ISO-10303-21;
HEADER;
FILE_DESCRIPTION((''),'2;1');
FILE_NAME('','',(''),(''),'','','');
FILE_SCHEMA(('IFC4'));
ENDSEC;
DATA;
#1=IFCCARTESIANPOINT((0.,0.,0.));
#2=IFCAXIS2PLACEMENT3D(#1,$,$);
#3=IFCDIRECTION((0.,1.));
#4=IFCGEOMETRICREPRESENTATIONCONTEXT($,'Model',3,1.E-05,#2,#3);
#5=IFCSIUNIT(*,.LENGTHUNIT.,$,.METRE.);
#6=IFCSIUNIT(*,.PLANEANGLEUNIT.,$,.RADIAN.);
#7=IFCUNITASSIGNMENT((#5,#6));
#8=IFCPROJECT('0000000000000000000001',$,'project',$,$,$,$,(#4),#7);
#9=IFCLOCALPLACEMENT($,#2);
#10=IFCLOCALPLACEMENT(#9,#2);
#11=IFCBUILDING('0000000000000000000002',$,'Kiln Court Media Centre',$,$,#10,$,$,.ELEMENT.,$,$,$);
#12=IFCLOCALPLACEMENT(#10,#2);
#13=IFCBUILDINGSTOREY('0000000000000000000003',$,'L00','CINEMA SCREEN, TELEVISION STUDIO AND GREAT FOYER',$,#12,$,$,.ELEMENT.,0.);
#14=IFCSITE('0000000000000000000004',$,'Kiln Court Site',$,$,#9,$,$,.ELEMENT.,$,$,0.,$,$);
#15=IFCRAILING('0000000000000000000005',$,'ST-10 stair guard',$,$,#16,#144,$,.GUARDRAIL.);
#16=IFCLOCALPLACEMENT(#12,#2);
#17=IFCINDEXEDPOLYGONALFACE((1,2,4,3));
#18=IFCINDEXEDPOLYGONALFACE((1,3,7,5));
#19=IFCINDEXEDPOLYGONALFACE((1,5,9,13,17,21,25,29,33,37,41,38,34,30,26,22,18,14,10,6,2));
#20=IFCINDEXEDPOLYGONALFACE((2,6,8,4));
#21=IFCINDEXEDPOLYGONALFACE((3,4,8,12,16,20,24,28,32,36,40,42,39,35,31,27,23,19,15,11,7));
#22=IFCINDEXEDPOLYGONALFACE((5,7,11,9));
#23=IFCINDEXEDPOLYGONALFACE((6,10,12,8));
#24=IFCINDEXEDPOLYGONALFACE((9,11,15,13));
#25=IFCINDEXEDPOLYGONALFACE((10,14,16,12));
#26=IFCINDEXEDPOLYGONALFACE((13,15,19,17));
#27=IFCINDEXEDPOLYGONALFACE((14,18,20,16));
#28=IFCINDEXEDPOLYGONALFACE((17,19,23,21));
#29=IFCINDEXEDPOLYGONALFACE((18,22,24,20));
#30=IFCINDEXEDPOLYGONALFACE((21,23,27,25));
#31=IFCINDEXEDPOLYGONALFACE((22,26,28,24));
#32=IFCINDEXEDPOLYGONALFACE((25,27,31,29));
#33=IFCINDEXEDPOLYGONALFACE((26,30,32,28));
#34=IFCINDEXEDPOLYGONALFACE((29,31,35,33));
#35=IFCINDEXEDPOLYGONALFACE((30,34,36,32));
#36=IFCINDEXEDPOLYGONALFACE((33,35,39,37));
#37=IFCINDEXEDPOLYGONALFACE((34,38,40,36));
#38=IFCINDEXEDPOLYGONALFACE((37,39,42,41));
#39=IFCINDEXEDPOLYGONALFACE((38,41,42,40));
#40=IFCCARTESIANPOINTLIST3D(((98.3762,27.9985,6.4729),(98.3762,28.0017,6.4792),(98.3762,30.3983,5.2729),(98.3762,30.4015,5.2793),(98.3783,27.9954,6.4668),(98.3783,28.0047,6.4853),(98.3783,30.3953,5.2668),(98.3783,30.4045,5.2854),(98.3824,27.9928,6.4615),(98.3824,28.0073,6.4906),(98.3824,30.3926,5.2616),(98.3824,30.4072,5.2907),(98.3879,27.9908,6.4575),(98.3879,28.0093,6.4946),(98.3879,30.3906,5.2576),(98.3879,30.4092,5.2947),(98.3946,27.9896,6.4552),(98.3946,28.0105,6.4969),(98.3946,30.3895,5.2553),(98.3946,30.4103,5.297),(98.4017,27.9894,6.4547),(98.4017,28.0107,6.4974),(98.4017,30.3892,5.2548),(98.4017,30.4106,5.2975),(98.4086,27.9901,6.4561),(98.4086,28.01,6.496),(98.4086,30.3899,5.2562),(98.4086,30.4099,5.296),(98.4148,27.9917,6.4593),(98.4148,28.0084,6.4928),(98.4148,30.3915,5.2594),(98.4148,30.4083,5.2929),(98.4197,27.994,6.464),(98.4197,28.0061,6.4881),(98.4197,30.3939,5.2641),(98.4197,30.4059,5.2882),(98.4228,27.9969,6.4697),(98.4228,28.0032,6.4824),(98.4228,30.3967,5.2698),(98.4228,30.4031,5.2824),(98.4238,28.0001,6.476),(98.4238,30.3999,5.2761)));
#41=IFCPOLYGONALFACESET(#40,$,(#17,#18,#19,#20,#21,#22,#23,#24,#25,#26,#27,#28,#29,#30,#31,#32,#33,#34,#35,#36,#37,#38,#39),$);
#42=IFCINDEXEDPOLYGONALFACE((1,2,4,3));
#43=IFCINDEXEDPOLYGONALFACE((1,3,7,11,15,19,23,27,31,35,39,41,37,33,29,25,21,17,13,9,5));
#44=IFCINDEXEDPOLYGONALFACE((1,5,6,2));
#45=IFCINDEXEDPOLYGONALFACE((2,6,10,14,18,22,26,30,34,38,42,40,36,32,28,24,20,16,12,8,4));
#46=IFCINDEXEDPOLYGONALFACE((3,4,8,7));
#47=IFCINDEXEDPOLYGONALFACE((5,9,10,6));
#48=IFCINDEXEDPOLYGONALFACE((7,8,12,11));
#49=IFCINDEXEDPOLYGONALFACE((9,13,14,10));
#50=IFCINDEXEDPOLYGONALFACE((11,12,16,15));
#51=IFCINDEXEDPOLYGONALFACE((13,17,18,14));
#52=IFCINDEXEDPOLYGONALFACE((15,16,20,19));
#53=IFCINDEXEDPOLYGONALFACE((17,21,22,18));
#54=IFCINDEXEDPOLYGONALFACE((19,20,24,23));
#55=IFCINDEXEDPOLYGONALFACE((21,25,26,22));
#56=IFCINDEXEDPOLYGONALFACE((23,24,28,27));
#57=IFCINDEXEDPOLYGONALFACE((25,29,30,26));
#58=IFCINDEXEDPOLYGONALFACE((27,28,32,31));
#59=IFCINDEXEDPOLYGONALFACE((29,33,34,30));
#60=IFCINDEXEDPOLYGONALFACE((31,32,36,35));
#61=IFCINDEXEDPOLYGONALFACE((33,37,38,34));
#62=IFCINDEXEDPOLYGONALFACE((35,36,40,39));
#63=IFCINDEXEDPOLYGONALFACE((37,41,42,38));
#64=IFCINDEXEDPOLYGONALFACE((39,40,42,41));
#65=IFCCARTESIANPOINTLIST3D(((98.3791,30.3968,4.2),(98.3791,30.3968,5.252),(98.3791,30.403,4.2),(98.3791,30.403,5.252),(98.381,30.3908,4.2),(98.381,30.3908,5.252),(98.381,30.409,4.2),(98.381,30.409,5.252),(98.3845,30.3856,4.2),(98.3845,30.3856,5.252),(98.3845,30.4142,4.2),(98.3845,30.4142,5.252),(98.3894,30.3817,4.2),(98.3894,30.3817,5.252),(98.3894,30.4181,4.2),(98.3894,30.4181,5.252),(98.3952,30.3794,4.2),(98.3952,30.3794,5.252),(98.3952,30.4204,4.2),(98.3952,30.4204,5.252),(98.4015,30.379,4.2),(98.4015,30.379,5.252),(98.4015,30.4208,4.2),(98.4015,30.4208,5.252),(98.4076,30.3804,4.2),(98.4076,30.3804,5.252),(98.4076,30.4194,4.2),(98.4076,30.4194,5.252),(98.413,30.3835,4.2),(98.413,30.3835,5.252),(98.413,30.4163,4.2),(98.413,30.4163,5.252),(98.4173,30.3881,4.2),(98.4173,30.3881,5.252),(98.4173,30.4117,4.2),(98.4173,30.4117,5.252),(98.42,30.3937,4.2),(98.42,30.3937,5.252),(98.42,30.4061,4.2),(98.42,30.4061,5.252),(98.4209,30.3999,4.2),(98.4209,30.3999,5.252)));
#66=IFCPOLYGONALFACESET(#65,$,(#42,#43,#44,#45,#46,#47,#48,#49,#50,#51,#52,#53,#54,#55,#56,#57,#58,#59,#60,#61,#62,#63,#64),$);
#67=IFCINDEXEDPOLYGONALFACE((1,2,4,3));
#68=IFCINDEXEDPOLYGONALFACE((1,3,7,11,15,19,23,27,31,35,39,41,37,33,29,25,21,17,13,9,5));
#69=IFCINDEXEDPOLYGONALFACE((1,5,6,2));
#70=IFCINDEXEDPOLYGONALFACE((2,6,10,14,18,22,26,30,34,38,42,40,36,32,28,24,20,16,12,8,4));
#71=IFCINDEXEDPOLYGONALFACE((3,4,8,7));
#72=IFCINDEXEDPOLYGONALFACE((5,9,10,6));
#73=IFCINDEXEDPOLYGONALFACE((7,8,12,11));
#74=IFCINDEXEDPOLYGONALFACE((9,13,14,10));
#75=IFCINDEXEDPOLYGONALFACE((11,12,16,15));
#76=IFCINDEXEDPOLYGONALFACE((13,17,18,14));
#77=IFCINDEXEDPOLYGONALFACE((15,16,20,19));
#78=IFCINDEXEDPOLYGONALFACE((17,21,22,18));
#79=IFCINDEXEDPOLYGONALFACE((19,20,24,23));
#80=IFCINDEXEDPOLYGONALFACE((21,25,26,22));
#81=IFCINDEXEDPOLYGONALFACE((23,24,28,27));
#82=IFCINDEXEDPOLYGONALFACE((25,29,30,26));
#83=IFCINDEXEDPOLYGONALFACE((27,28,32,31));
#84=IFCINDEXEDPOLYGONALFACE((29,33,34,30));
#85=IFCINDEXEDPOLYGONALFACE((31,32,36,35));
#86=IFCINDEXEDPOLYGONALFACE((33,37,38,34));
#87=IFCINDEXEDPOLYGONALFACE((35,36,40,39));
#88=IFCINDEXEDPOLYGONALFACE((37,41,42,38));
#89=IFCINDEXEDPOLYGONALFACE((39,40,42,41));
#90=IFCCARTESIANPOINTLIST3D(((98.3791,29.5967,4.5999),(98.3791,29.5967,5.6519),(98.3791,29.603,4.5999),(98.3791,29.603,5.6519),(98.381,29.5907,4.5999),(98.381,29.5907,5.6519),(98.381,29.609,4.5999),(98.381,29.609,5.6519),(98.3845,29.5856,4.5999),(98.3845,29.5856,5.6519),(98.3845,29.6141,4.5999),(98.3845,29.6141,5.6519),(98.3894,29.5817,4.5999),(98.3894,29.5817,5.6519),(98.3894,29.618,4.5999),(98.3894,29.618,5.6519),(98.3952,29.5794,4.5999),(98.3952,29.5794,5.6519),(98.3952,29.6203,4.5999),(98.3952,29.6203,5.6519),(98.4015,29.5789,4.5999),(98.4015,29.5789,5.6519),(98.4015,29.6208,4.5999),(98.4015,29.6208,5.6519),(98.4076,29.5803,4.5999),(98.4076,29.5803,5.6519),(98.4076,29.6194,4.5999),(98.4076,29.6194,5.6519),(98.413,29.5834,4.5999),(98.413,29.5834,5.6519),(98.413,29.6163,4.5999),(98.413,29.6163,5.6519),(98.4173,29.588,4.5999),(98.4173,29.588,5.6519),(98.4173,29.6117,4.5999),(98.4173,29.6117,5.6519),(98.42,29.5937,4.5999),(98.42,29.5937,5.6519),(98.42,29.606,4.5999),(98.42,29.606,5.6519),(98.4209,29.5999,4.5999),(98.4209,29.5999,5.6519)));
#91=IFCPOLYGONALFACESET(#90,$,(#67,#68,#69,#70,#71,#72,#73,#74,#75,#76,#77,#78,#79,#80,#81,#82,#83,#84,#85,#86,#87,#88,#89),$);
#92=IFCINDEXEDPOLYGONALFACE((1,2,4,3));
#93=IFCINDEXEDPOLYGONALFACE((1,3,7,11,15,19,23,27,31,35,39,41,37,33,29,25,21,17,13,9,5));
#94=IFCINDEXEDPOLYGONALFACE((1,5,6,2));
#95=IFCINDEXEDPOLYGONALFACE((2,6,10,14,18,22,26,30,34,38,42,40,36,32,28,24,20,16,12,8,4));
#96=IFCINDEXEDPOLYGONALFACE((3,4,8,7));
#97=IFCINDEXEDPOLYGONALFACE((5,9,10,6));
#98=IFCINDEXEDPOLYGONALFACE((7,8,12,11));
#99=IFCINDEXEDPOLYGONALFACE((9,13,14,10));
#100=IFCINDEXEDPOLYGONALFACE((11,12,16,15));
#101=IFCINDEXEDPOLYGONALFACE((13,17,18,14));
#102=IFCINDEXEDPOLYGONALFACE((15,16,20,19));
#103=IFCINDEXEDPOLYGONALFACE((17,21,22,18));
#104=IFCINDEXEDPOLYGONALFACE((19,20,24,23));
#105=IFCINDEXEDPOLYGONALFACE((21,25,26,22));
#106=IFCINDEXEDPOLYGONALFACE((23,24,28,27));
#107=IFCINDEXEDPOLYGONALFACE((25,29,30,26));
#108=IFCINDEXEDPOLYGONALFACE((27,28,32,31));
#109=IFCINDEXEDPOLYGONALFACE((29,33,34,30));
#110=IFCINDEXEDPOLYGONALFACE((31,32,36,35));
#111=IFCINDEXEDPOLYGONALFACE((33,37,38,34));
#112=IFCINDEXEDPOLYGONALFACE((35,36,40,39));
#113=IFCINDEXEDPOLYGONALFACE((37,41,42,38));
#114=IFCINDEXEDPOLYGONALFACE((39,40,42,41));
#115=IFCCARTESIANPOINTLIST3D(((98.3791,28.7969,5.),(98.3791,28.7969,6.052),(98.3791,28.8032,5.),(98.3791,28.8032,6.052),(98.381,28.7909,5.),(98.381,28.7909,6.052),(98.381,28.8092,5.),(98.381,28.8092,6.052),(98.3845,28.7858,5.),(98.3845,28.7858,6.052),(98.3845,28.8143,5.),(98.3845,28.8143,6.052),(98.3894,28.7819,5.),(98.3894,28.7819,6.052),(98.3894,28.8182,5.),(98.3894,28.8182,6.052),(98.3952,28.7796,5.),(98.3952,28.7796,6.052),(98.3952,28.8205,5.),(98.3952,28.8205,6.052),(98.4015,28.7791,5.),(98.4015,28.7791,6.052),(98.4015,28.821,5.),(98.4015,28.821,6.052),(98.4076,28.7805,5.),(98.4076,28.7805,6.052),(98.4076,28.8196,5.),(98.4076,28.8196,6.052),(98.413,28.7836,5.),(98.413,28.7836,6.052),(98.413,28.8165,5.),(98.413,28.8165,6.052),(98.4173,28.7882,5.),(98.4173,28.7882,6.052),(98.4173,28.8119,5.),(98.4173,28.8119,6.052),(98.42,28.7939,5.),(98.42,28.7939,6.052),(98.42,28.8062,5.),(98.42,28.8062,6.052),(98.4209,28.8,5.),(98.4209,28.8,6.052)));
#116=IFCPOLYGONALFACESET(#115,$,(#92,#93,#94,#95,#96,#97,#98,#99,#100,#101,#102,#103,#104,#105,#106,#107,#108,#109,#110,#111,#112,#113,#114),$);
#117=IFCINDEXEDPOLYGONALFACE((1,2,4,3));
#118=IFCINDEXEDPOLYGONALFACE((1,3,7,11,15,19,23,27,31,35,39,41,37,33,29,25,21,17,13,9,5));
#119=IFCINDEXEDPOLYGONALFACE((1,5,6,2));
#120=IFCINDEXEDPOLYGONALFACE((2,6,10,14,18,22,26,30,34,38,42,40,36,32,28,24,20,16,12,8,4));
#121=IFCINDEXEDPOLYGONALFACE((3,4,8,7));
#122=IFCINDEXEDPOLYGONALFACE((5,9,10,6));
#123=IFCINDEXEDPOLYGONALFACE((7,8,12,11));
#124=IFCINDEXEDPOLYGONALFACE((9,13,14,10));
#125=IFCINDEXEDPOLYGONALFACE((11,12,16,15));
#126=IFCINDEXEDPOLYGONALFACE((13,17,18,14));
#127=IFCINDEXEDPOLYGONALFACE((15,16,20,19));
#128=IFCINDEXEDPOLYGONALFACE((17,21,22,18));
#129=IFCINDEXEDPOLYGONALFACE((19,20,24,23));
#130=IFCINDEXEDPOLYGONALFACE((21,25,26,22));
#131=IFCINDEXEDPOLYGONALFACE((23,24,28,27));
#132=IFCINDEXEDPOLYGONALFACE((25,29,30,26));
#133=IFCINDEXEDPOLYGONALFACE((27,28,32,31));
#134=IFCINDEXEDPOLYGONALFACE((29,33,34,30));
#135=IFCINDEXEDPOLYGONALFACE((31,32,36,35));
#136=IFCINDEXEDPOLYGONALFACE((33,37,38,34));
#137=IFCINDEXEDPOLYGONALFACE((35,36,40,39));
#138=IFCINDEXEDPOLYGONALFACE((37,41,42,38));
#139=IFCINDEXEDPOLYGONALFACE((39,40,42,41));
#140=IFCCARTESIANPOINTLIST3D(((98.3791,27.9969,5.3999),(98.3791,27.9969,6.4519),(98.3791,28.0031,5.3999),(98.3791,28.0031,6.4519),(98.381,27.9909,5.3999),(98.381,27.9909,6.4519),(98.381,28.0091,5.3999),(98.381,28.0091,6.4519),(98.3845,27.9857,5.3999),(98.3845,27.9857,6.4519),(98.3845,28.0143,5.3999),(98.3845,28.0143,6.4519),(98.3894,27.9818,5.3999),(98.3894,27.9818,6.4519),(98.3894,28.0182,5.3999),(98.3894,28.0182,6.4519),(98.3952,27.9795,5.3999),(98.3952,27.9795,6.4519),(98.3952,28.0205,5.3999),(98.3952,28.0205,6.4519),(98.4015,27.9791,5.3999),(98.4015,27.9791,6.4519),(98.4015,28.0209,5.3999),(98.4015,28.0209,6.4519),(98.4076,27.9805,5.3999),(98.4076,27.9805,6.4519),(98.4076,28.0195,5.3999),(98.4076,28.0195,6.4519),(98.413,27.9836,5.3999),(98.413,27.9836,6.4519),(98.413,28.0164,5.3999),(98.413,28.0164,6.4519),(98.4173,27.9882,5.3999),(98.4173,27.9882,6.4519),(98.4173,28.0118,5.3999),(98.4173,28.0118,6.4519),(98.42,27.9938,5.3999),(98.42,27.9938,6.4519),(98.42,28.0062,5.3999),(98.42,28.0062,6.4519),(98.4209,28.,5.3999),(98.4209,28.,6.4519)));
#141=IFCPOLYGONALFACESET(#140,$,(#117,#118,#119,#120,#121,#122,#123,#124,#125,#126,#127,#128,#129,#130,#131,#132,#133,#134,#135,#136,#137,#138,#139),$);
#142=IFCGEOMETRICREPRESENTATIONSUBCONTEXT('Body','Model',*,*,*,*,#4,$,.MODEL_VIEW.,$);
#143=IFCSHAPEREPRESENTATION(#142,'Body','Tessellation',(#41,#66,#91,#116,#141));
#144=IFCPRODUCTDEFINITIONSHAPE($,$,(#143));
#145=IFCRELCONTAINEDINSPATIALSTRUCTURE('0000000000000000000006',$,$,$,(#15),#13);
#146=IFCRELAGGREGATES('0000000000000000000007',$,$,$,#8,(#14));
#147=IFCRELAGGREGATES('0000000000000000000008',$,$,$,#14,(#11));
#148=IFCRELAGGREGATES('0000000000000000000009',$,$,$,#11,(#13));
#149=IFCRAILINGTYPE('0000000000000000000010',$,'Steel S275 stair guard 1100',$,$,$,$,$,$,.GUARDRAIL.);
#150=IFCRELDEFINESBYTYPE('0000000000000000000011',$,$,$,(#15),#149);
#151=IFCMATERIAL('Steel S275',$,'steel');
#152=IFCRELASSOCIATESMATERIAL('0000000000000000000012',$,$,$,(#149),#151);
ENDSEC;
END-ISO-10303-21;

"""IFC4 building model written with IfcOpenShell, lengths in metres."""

from ifc_helpers import new_model, si_unit, direction, frame, origin, origin_2d, place, context, subcontext, project, spatial, circle, extrude, material, type_object, element, save


model = new_model("IFC4")

# Units and contexts
model_context = context("Model", 3, precision=1e-05, world=origin(), true_north=direction((0.0, 1.0)))
body_context = subcontext(model_context, "Body", "Model", "MODEL_VIEW")
ifc_project = project(units=[si_unit("LENGTHUNIT", "METRE"), si_unit("PLANEANGLEUNIT", "RADIAN")], contexts=[model_context])

# Site, building, storey
site_placement = place(None, origin())
site = spatial("IfcSite", under=ifc_project, at=site_placement, Name="Kiln Court Site", CompositionType="ELEMENT", RefElevation=0.0)
building_placement = place(site_placement, origin())
building = spatial("IfcBuilding", under=site, at=building_placement, Name="Kiln Court Media Centre", CompositionType="ELEMENT")
storey_placement = place(building_placement, origin())
storey = spatial("IfcBuildingStorey", under=building, at=storey_placement, Name="L00", Description="CINEMA SCREEN, TELEVISION STUDIO AND GREAT FOYER", CompositionType="ELEMENT", Elevation=0.0)

# Railing
ifc_material_1 = material(Name="Steel S275", Category="steel")
railing_type_1 = type_object("IfcRailingType", Name="Steel S275 stair guard 1100", PredefinedType="GUARDRAIL", material=ifc_material_1)
railing_1_placement = place(storey_placement, frame((98.3999, 30.3999, 4.2)))
element("IfcRailing", 1, at=railing_1_placement, inside=storey, type_object=railing_type_1, Name="ST-10 stair guard", PredefinedType="GUARDRAIL", context=body_context, shape_type="SweptSolid", body=[
    extrude(circle(Radius=0.0239, at=origin_2d()), frame((0.0, 0.0, 1.0762), z_axis=(0.0, -0.894427, 0.447214), x_axis=(1.0, 0.0, 0.0)), (0.0, 0.0, 1.0), 2.6831),
    extrude(circle(Radius=0.021, at=origin_2d()), origin(), (0.0, 0.0, 1.0), 1.052),
    extrude(circle(Radius=0.021, at=origin_2d()), frame((0.0, -0.8, 0.3999)), (0.0, 0.0, 1.0), 1.052),
    extrude(circle(Radius=0.021, at=origin_2d()), frame((0.0, -1.5999, 0.8)), (0.0, 0.0, 1.0), 1.052),
    extrude(circle(Radius=0.021, at=origin_2d()), frame((0.0, -2.3999, 1.2)), (0.0, 0.0, 1.0), 1.052),
])

save(model, "model.ifc")
